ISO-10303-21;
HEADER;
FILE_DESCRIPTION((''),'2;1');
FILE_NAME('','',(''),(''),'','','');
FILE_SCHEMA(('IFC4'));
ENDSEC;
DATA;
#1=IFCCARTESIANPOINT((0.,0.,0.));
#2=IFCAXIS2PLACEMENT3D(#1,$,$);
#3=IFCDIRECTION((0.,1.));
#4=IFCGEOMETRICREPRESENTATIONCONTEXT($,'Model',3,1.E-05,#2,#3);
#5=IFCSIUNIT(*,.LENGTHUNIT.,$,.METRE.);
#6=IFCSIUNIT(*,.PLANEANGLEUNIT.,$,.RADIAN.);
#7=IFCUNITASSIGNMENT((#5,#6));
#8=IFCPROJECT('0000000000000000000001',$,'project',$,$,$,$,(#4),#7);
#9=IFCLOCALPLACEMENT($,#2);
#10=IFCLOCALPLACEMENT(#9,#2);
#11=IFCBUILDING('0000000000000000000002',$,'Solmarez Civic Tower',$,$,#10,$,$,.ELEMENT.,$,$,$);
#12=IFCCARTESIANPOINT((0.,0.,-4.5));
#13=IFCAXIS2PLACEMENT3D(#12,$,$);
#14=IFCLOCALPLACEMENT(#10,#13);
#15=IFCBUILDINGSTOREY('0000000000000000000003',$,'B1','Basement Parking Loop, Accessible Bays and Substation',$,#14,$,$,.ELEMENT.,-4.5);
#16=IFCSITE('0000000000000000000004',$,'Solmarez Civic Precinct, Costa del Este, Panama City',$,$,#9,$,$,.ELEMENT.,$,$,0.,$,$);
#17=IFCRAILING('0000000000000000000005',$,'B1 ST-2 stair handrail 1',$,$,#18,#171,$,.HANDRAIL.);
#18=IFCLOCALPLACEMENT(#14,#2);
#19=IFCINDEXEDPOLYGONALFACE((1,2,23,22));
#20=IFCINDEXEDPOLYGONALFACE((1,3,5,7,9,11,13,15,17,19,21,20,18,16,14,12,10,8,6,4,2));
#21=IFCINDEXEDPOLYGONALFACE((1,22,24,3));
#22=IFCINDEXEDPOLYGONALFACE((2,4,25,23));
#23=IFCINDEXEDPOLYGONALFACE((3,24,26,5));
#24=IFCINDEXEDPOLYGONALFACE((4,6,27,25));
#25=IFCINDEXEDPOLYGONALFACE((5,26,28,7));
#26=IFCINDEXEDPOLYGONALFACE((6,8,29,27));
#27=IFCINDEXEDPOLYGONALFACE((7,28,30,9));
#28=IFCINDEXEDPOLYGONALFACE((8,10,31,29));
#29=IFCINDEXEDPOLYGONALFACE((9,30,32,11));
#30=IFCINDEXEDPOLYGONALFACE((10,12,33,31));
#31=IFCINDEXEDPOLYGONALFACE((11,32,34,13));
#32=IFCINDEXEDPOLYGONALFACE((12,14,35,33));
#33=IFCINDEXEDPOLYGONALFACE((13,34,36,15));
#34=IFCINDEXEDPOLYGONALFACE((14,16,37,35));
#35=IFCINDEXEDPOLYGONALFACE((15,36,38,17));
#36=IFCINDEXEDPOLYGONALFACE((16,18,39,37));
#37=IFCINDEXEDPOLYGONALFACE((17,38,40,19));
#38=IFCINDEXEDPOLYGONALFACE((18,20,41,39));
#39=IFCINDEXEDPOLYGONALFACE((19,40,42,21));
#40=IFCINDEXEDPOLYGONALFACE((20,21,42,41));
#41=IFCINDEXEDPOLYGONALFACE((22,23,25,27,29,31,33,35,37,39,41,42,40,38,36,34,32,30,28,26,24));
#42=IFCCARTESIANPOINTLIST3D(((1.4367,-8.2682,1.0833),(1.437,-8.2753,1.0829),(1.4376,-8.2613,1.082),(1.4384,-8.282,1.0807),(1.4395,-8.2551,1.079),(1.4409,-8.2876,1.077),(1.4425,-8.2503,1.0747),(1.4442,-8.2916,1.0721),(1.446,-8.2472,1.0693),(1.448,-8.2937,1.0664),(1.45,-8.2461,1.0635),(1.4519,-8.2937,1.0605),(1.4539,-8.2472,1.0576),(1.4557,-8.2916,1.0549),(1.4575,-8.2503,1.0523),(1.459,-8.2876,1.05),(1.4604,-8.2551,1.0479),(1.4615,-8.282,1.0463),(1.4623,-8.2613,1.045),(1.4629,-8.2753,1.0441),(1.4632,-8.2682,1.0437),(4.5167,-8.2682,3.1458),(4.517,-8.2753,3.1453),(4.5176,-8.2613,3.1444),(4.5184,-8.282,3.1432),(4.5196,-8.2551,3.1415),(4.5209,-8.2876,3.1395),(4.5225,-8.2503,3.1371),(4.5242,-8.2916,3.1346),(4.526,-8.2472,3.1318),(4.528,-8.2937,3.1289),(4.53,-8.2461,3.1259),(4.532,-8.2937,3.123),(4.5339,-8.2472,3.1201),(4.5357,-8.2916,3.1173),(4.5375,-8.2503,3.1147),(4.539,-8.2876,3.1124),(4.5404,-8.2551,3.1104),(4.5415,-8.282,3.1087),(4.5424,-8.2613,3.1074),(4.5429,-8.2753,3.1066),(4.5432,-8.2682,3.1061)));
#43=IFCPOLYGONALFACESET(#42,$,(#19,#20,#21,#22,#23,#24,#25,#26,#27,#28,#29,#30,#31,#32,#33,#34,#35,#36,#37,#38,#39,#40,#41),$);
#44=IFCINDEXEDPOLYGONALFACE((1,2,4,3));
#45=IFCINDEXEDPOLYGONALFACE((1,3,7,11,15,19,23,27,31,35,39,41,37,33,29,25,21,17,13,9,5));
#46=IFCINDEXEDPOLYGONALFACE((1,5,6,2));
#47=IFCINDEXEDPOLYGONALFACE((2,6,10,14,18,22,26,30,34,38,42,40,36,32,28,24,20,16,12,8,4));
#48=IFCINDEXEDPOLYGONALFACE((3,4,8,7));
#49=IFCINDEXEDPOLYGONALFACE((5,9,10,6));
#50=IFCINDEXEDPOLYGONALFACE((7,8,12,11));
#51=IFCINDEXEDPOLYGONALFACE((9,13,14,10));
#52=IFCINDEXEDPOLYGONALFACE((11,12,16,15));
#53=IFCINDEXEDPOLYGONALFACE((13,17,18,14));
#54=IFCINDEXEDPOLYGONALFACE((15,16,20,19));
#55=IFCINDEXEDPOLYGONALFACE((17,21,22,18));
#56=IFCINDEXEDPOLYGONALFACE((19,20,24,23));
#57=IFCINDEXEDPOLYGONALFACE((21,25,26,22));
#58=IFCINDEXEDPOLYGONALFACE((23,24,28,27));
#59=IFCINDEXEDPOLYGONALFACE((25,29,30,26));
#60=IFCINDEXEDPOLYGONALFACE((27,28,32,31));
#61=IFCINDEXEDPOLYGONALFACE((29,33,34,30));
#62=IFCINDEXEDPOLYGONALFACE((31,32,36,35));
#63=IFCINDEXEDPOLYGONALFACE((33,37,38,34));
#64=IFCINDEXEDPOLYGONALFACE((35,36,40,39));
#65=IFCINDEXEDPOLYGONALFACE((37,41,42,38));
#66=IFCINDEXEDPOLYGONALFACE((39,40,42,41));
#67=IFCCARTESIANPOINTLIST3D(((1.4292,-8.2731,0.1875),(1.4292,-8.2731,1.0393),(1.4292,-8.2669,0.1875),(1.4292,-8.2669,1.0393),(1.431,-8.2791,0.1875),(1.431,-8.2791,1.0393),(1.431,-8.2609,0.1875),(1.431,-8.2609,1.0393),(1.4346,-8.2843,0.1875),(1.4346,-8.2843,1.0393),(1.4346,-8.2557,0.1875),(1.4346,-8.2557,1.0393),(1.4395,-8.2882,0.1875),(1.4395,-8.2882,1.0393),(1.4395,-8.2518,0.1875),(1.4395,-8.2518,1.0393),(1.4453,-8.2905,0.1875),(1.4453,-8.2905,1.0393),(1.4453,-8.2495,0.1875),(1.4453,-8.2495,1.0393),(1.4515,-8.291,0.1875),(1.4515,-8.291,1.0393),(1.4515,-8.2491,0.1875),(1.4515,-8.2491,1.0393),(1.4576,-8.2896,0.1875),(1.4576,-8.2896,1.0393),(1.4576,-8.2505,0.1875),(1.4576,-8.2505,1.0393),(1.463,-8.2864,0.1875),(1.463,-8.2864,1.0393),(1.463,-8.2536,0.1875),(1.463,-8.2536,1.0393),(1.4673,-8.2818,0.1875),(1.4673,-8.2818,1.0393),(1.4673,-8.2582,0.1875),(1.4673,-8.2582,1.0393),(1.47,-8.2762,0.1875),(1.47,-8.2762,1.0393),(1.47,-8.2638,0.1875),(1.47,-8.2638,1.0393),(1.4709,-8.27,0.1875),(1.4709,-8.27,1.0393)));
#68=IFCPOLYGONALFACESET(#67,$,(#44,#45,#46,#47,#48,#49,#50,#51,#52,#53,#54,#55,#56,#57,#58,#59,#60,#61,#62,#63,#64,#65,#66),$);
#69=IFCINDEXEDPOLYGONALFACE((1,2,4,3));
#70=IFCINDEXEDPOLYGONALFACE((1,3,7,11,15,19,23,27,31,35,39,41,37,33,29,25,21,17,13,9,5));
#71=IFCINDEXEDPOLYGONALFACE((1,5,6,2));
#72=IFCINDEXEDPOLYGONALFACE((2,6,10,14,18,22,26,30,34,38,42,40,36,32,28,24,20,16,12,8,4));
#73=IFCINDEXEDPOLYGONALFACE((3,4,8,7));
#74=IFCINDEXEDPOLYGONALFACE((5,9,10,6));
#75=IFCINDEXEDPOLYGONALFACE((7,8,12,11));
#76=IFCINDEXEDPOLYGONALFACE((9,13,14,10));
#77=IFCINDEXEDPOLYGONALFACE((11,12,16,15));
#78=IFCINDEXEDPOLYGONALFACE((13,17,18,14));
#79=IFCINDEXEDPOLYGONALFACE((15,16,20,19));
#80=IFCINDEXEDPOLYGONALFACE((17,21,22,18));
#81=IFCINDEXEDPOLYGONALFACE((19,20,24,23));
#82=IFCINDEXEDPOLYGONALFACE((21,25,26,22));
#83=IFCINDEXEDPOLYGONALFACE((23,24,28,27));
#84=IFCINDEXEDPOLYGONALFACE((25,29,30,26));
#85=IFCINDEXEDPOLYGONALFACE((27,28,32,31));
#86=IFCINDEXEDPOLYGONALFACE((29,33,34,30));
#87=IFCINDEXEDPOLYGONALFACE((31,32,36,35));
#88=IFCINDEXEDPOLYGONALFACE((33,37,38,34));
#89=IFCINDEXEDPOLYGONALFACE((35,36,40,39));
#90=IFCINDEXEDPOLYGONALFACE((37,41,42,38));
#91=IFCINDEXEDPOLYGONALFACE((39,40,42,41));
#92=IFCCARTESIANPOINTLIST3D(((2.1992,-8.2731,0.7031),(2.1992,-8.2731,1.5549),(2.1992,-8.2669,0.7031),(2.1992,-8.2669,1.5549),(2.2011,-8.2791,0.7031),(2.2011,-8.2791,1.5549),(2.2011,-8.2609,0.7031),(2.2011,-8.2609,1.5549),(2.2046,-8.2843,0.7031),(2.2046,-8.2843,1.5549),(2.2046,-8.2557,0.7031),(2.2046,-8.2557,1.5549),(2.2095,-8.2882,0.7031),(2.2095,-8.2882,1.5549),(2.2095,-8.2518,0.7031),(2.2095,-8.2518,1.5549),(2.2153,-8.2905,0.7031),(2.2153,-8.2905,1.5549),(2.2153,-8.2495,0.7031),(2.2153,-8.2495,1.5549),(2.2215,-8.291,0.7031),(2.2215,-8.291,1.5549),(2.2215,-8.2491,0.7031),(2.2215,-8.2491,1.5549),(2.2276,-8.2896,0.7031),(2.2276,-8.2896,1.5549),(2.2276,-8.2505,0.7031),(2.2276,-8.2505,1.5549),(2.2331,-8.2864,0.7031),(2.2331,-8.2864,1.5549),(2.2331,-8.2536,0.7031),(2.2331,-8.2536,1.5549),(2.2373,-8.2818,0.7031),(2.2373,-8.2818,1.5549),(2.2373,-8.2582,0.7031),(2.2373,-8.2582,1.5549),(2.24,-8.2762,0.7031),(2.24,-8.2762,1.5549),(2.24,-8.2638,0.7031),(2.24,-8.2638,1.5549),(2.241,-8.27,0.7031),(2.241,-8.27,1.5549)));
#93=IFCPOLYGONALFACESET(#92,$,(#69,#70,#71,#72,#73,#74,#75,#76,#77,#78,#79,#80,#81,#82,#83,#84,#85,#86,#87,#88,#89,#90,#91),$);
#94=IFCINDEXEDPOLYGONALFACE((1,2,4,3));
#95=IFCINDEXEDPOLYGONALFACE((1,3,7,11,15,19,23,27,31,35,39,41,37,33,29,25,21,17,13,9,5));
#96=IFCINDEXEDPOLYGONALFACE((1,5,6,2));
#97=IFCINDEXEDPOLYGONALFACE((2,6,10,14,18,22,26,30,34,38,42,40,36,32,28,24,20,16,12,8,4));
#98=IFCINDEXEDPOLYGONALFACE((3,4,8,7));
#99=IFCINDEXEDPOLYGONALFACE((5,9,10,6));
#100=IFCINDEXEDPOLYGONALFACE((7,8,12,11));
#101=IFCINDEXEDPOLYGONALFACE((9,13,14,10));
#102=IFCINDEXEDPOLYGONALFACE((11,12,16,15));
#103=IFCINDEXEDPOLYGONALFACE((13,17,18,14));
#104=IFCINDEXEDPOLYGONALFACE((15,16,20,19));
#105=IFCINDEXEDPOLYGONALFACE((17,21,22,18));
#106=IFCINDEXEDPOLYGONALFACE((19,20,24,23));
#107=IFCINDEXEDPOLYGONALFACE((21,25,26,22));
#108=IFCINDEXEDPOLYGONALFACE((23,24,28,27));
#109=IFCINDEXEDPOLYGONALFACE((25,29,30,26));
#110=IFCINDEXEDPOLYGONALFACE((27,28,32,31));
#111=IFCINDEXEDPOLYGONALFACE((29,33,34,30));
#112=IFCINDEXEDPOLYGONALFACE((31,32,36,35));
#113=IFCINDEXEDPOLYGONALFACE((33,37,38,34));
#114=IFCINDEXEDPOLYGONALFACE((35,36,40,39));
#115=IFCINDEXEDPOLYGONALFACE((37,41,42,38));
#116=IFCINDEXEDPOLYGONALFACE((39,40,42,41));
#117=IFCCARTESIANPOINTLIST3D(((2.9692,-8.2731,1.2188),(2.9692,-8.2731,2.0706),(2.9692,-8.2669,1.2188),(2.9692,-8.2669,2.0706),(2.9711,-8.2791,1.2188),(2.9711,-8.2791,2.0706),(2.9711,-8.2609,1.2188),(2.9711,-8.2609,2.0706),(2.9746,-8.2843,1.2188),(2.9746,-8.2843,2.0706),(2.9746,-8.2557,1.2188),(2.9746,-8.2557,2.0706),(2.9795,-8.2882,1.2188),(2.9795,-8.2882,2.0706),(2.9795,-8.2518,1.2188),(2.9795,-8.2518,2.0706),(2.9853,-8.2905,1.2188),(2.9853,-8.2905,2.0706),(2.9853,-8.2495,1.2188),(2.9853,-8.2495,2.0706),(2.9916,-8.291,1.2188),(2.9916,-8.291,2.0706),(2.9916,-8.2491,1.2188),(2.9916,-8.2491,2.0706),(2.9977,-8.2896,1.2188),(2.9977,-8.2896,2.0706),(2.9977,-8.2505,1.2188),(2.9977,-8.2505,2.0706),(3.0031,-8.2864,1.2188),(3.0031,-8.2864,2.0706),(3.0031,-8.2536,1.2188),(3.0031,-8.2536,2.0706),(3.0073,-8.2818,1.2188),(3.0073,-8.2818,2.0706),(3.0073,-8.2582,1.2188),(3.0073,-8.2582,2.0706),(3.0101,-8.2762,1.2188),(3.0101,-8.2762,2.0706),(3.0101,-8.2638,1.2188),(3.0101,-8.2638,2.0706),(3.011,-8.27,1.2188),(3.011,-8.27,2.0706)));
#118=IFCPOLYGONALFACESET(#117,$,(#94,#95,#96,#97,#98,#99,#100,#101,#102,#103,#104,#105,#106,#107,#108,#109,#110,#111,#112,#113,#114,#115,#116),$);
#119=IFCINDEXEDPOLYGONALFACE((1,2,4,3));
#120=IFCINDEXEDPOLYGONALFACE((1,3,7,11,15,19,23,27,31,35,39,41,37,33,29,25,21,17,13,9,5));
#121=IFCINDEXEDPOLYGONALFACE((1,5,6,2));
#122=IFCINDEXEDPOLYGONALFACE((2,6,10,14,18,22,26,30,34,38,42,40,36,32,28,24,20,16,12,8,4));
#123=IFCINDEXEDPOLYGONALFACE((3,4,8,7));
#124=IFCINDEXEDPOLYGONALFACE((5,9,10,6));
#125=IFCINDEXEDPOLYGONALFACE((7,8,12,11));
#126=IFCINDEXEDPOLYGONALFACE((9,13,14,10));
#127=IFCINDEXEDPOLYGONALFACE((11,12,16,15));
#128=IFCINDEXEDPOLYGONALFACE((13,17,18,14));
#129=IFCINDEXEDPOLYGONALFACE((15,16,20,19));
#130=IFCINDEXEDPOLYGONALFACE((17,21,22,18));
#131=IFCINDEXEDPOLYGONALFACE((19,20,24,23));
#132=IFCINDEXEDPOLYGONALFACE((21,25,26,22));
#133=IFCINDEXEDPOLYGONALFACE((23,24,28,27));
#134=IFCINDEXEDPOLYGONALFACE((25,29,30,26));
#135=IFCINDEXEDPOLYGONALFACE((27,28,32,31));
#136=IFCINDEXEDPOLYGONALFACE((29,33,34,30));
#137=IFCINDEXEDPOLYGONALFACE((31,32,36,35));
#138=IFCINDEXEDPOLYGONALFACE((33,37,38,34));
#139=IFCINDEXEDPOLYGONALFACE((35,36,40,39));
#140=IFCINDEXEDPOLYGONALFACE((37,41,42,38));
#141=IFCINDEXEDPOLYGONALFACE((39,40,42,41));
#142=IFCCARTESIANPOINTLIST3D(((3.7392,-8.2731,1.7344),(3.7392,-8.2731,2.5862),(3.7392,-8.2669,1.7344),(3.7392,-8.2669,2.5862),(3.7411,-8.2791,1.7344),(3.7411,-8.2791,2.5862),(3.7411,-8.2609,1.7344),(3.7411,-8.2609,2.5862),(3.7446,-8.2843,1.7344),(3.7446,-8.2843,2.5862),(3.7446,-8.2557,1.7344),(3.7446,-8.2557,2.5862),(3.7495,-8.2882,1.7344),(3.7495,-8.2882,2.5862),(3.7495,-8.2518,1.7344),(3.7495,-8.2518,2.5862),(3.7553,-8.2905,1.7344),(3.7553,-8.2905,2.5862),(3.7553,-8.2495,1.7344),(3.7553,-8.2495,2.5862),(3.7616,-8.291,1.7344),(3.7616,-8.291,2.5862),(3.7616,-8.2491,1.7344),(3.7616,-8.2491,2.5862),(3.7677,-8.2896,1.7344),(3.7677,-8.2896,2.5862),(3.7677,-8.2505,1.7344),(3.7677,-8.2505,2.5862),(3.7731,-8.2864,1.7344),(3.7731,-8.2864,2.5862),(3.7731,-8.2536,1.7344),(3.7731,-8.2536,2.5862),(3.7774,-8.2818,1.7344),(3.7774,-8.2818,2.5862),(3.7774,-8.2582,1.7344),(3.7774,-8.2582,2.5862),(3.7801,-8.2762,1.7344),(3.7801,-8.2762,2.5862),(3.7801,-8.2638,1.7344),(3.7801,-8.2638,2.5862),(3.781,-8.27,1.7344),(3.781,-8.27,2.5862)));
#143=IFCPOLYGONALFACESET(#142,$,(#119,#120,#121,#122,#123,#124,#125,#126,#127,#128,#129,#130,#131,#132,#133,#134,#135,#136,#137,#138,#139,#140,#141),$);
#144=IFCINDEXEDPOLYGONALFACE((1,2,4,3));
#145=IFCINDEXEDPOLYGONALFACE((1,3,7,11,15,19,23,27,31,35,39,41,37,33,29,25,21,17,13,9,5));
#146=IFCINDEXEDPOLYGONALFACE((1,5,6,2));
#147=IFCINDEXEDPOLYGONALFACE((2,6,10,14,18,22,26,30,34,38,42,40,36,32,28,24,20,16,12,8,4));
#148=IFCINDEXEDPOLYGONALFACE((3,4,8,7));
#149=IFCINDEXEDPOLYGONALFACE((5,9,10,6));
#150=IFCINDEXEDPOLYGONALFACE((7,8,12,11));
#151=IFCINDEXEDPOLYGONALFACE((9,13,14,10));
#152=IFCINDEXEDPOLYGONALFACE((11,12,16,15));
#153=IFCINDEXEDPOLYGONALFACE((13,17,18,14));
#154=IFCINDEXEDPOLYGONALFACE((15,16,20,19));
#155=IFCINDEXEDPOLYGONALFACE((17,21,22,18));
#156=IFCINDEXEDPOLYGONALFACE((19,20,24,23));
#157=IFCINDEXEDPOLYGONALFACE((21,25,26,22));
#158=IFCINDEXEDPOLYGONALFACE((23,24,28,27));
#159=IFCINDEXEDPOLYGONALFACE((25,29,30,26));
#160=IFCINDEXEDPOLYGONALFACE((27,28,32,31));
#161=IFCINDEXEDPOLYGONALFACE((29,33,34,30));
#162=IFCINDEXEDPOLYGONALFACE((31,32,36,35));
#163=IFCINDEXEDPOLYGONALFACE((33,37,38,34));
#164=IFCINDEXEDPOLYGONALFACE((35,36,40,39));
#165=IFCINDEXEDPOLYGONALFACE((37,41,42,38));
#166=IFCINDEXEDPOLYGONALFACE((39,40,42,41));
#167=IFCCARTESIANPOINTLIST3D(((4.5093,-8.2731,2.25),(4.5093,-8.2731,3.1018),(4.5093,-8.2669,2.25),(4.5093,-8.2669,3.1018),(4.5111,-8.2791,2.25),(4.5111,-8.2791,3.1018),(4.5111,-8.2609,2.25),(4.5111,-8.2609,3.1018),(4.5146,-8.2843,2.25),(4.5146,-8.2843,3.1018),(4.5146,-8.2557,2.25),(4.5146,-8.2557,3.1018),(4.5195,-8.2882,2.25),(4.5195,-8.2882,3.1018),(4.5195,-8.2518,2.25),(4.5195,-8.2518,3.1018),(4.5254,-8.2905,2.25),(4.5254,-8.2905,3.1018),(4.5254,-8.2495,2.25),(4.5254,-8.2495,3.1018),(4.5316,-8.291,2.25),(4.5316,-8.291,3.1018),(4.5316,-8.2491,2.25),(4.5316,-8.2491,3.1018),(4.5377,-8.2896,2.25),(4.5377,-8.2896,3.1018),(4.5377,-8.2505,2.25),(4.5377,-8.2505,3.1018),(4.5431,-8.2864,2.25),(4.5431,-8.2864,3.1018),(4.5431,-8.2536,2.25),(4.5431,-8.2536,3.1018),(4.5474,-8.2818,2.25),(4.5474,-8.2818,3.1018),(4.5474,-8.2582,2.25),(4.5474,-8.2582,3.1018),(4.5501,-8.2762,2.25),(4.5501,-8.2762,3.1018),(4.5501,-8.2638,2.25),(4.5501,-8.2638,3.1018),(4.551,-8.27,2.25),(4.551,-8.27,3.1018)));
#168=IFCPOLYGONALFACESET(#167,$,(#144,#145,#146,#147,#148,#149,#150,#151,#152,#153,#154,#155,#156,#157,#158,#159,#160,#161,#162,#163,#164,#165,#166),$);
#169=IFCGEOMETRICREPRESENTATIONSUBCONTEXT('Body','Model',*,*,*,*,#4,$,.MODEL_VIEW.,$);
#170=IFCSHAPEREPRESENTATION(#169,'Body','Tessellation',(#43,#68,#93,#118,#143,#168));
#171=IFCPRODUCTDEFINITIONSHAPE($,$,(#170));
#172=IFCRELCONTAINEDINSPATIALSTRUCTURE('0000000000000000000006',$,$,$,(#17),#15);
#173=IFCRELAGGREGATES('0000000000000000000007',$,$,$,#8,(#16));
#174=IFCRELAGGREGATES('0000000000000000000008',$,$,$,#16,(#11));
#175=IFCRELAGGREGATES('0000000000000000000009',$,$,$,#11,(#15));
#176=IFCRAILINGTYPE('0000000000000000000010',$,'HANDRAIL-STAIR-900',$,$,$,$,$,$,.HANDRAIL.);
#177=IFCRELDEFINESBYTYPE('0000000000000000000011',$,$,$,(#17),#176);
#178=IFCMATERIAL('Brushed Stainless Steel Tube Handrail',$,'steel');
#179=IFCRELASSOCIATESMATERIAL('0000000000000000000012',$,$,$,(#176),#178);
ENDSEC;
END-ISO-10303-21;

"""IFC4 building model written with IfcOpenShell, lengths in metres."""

from ifc_helpers import new_model, si_unit, direction, frame, origin, origin_2d, place, context, subcontext, project, spatial, circle, extrude, material, type_object, element, save


model = new_model("IFC4")

# Units and contexts
model_context = context("Model", 3, precision=1e-05, world=origin(), true_north=direction((0.0, 1.0)))
body_context = subcontext(model_context, "Body", "Model", "MODEL_VIEW")
ifc_project = project(units=[si_unit("LENGTHUNIT", "METRE"), si_unit("PLANEANGLEUNIT", "RADIAN")], contexts=[model_context])

# Site, building, storey
site_placement = place(None, origin())
site = spatial("IfcSite", under=ifc_project, at=site_placement, Name="Solmarez Civic Precinct, Costa del Este, Panama City", CompositionType="ELEMENT", RefElevation=0.0)
building_placement = place(site_placement, origin())
building = spatial("IfcBuilding", under=site, at=building_placement, Name="Solmarez Civic Tower", CompositionType="ELEMENT")
storey_placement = place(building_placement, frame((0.0, 0.0, -4.5)))
storey = spatial("IfcBuildingStorey", under=building, at=storey_placement, Name="B1", Description="Basement Parking Loop, Accessible Bays and Substation", CompositionType="ELEMENT", Elevation=-4.5)

# Railing
ifc_material_1 = material(Name="Brushed Stainless Steel Tube Handrail", Category="steel")
railing_type_1 = type_object("IfcRailingType", Name="HANDRAIL-STAIR-900", PredefinedType="HANDRAIL", material=ifc_material_1)
railing_1_placement = place(storey_placement, frame((1.45, -8.27, 0.1875)))
element("IfcRailing", 1, at=railing_1_placement, inside=storey, type_object=railing_type_1, Name="B1 ST-2 stair handrail 1", PredefinedType="HANDRAIL", context=body_context, shape_type="SweptSolid", body=[
    extrude(circle(Radius=0.0239, at=origin_2d()), frame((0.0, 0.0, 0.876), z_axis=(0.830914, 0.0, 0.556401), x_axis=(0.0, 1.0, 0.0)), (0.0, 0.0, 1.0), 3.7068),
    extrude(circle(Radius=0.021, at=origin_2d()), origin(), (0.0, 0.0, 1.0), 0.8518),
    extrude(circle(Radius=0.021, at=origin_2d()), frame((0.77, 0.0, 0.5156)), (0.0, 0.0, 1.0), 0.8518),
    extrude(circle(Radius=0.021, at=origin_2d()), frame((1.54, 0.0, 1.0312)), (0.0, 0.0, 1.0), 0.8518),
    extrude(circle(Radius=0.021, at=origin_2d()), frame((2.3101, 0.0, 1.5469)), (0.0, 0.0, 1.0), 0.8518),
    extrude(circle(Radius=0.021, at=origin_2d()), frame((3.0801, 0.0, 2.0625)), (0.0, 0.0, 1.0), 0.8518),
])

save(model, "model.ifc")
